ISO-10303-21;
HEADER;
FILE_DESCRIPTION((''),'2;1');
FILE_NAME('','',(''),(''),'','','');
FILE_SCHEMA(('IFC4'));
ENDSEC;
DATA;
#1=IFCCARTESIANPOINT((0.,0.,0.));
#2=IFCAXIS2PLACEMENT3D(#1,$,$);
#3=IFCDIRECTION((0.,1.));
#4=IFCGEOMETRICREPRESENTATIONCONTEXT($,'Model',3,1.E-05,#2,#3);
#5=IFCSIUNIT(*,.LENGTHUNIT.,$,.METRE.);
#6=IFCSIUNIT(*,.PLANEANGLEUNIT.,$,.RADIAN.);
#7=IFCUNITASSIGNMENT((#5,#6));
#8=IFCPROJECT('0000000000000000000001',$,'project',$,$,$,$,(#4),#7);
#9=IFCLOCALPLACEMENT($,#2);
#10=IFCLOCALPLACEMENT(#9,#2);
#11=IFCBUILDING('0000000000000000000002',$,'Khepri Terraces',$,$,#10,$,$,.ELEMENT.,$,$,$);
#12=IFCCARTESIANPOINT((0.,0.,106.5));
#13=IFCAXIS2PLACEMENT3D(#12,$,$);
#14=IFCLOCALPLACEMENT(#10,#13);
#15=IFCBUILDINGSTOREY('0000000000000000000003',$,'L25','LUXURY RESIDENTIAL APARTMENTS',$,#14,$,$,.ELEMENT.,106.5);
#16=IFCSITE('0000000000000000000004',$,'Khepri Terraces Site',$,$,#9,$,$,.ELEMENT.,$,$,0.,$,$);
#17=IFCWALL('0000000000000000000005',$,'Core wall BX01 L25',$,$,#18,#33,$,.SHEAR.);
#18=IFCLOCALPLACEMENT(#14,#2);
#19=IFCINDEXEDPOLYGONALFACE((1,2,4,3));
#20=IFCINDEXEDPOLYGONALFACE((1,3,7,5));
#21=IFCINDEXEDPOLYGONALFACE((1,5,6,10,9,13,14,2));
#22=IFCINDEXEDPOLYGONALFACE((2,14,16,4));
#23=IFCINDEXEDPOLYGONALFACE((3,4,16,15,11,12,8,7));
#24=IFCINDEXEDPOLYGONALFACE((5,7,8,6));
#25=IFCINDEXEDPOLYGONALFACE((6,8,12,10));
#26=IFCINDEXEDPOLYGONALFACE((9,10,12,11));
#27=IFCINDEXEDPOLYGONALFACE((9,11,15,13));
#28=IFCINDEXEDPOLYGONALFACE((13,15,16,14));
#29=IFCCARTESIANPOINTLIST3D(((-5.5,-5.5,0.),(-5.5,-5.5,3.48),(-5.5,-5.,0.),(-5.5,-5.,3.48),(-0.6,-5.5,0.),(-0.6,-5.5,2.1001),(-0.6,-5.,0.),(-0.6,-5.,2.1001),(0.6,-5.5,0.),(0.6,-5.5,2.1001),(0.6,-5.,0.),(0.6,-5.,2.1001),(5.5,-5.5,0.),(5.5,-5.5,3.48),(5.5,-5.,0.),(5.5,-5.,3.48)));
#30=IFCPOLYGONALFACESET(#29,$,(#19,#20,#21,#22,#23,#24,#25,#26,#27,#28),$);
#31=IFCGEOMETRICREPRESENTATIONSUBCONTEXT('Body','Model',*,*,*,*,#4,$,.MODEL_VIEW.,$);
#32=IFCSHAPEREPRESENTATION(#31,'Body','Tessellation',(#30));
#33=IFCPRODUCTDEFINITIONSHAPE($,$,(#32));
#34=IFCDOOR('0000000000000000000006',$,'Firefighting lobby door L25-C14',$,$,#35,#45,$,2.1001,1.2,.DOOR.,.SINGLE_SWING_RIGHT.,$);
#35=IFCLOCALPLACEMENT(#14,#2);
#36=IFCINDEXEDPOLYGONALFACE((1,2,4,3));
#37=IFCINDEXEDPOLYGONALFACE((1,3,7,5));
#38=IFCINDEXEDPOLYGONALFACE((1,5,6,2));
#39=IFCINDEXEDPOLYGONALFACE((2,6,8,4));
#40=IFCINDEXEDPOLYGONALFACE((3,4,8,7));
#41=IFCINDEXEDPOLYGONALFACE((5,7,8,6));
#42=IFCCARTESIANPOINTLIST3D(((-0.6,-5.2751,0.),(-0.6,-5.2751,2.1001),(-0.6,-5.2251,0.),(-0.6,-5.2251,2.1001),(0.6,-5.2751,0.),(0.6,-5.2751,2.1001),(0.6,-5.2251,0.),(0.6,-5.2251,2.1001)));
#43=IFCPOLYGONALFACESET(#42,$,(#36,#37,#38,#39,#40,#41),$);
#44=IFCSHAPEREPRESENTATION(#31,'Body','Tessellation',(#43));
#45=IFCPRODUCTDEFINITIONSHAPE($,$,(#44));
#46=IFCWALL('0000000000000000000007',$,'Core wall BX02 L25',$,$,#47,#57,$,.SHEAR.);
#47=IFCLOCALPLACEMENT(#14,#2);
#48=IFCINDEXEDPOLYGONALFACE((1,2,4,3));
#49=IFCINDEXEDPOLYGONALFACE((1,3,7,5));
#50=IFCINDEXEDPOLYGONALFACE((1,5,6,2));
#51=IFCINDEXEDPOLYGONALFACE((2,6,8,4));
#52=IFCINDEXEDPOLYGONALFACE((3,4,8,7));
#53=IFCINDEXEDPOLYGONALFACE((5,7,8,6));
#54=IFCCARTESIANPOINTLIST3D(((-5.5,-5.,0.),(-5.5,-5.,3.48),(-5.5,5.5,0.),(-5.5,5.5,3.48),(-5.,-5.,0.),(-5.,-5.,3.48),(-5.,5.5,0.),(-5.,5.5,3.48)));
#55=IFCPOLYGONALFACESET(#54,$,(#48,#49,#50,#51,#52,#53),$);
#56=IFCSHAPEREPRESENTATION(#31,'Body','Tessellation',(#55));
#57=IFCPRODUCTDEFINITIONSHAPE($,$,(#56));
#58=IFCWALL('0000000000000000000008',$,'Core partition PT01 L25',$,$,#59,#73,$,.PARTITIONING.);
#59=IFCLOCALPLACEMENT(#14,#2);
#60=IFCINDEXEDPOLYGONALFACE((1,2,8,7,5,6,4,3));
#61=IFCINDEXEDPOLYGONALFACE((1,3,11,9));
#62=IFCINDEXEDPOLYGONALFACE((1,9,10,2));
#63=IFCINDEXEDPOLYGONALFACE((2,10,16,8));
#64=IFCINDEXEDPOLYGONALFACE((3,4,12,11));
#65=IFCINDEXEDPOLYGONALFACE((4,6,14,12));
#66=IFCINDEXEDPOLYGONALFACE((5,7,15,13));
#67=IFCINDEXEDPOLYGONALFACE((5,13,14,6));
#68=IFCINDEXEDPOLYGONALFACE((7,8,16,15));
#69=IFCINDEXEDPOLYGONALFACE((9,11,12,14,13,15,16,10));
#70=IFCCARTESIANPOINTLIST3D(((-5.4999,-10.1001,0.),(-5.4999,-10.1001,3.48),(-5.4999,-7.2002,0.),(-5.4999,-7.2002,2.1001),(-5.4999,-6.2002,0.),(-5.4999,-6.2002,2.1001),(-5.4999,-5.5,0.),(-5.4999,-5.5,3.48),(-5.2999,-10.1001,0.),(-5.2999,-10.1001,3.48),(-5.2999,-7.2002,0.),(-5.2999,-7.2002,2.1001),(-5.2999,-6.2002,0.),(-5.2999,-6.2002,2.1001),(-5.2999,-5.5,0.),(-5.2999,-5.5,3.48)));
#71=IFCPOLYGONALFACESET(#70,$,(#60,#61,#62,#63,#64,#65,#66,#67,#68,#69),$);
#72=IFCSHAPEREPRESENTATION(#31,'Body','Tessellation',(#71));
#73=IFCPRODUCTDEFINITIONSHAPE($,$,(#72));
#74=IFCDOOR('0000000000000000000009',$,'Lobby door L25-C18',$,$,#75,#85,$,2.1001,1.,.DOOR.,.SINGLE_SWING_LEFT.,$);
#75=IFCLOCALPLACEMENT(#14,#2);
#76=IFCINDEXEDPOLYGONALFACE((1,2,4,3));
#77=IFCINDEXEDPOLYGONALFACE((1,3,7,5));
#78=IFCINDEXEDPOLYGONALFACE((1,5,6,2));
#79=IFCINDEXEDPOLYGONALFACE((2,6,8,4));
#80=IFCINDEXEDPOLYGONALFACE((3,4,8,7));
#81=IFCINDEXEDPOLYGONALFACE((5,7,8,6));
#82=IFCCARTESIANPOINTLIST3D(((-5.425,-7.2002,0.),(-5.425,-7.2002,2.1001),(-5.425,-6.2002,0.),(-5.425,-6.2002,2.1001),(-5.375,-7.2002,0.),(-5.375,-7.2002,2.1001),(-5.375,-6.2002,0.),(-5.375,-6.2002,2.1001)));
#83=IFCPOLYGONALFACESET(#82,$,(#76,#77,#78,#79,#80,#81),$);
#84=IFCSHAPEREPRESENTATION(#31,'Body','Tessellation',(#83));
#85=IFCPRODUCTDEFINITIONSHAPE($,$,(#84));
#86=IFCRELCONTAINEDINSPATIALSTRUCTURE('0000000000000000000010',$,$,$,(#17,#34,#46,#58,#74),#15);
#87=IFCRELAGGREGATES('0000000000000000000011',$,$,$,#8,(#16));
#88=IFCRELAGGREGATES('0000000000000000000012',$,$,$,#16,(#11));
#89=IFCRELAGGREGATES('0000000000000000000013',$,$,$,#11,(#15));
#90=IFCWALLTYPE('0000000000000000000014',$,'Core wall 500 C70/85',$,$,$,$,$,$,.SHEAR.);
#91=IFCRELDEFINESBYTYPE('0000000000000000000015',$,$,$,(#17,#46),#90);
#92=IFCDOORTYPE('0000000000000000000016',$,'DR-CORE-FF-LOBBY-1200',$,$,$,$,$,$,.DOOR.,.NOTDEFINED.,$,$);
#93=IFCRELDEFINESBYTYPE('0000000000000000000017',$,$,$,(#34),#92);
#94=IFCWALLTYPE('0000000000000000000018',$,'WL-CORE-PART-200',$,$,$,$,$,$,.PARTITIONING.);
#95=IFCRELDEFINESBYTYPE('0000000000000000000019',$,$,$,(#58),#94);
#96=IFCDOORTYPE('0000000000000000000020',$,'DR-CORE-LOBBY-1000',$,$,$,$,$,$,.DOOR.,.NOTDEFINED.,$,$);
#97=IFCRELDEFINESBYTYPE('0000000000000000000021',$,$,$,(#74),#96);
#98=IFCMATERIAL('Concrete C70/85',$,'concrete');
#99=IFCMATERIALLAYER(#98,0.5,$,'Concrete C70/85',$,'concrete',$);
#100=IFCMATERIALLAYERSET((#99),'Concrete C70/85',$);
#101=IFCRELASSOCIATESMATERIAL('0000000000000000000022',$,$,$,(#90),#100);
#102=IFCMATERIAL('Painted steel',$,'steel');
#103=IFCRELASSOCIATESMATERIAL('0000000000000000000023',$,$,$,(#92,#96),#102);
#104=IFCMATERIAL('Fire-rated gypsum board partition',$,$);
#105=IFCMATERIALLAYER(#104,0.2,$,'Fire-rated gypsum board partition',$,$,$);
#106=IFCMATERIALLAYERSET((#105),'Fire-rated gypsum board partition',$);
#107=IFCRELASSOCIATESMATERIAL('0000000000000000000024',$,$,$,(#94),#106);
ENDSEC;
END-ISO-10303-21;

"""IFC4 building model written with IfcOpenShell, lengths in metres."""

from ifc_helpers import new_model, si_unit, direction, frame, frame_2d, origin, place, context, subcontext, project, spatial, rectangle, extrude, material, layer, layer_set, type_object, element, fill, save


model = new_model("IFC4")

# Units and contexts
model_context = context("Model", 3, precision=1e-05, world=origin(), true_north=direction((0.0, 1.0)))
body_context = subcontext(model_context, "Body", "Model", "MODEL_VIEW")
ifc_project = project(units=[si_unit("LENGTHUNIT", "METRE"), si_unit("PLANEANGLEUNIT", "RADIAN")], contexts=[model_context])

# Site, building, storey
site_placement = place(None, origin())
site = spatial("IfcSite", under=ifc_project, at=site_placement, Name="Khepri Terraces Site", CompositionType="ELEMENT", RefElevation=0.0)
building_placement = place(site_placement, origin())
building = spatial("IfcBuilding", under=site, at=building_placement, Name="Khepri Terraces", CompositionType="ELEMENT")
storey_placement = place(building_placement, frame((0.0, 0.0, 106.5)))
storey = spatial("IfcBuildingStorey", under=building, at=storey_placement, Name="L25", Description="LUXURY RESIDENTIAL APARTMENTS", CompositionType="ELEMENT", Elevation=106.5)

# Shared definitions
ifc_material_1 = material(Name="Concrete C70/85", Category="concrete")

# Wall, opening, door
ifc_layer_1 = layer(ifc_material_1, 0.5, Name="Concrete C70/85", Category="concrete")
ifc_layer_set_1 = layer_set([ifc_layer_1], Name="Concrete C70/85")
wall_type_1 = type_object("IfcWallType", Name="Core wall 500 C70/85", PredefinedType="SHEAR", material=ifc_layer_set_1)
wall_1_placement = place(storey_placement, frame((-5.5, -5.25, 0.0), z_axis=(0.0, 0.0, 1.0), x_axis=(1.0, 0.0, 0.0)))
wall_1 = element("IfcWall", 1, at=wall_1_placement, inside=storey, type_object=wall_type_1, Name="Core wall BX01 L25", PredefinedType="SHEAR", context=body_context, shape_type="SweptSolid", body=[
    extrude(rectangle(XDim=11.0, YDim=0.5, at=frame_2d((5.5, 0.0))), origin(), (0.0, 0.0, 1.0), 3.48),
])
opening_1_placement = place(wall_1_placement, frame((4.8999, 0.0, 0.0)))
opening_1 = element("IfcOpeningElement", 2, at=opening_1_placement, cuts=wall_1, PredefinedType="OPENING", context=body_context, shape_type="SweptSolid", body=[
    extrude(rectangle(XDim=1.2, YDim=2.1001, at=frame_2d((0.6001, 1.05))), frame((0.0, 0.26, 0.0), z_axis=(0.0, -1.0, 0.0), x_axis=(1.0, 0.0, 0.0)), (0.0, 0.0, 1.0), 0.52),
])
ifc_material_2 = material(Name="Painted steel", Category="steel")
door_type_1 = type_object("IfcDoorType", Name="DR-CORE-FF-LOBBY-1200", OperationType="NOTDEFINED", PredefinedType="DOOR", material=ifc_material_2)
door_1_placement = place(opening_1_placement, origin())
door_1 = element("IfcDoor", 3, at=door_1_placement, inside=storey, type_object=door_type_1, Name="Firefighting lobby door L25-C14", OperationType="SINGLE_SWING_RIGHT", OverallHeight=2.1001, OverallWidth=1.2, PredefinedType="DOOR", context=body_context, shape_type="SweptSolid", body=[
    extrude(rectangle(XDim=1.2, YDim=2.1001, at=frame_2d((0.6001, 1.05))), frame((0.0, 0.0249, 0.0), z_axis=(0.0, -1.0, 0.0), x_axis=(1.0, 0.0, 0.0)), (0.0, 0.0, 1.0), 0.05),
])
fill(opening_1, door_1)

# Wall
wall_2_placement = place(storey_placement, frame((-5.25, -5.0, 0.0), z_axis=(0.0, 0.0, 1.0), x_axis=(0.0, 1.0, 0.0)))
element("IfcWall", 4, at=wall_2_placement, inside=storey, type_object=wall_type_1, Name="Core wall BX02 L25", PredefinedType="SHEAR", context=body_context, shape_type="SweptSolid", body=[
    extrude(rectangle(XDim=10.5, YDim=0.5, at=frame_2d((5.25, 0.0))), origin(), (0.0, 0.0, 1.0), 3.48),
])

# Wall, opening, door
ifc_material_3 = material(Name="Fire-rated gypsum board partition")
ifc_layer_2 = layer(ifc_material_3, 0.2, Name="Fire-rated gypsum board partition")
ifc_layer_set_2 = layer_set([ifc_layer_2], Name="Fire-rated gypsum board partition")
wall_type_2 = type_object("IfcWallType", Name="WL-CORE-PART-200", PredefinedType="PARTITIONING", material=ifc_layer_set_2)
wall_3_placement = place(storey_placement, frame((-5.3999, -10.1001, 0.0), z_axis=(0.0, 0.0, 1.0), x_axis=(0.0, 1.0, 0.0)))
wall_3 = element("IfcWall", 5, at=wall_3_placement, inside=storey, type_object=wall_type_2, Name="Core partition PT01 L25", PredefinedType="PARTITIONING", context=body_context, shape_type="SweptSolid", body=[
    extrude(rectangle(XDim=4.6001, YDim=0.2, at=frame_2d((2.3, 0.0))), origin(), (0.0, 0.0, 1.0), 3.48),
])
opening_2_placement = place(wall_3_placement, frame((2.8999, 0.0, 0.0)))
opening_2 = element("IfcOpeningElement", 6, at=opening_2_placement, cuts=wall_3, PredefinedType="OPENING", context=body_context, shape_type="SweptSolid", body=[
    extrude(rectangle(XDim=1.0, YDim=2.1001, at=frame_2d((0.5, 1.05))), frame((0.0, 0.1099, 0.0), z_axis=(0.0, -1.0, 0.0), x_axis=(1.0, 0.0, 0.0)), (0.0, 0.0, 1.0), 0.22),
])
door_type_2 = type_object("IfcDoorType", Name="DR-CORE-LOBBY-1000", OperationType="NOTDEFINED", PredefinedType="DOOR", material=ifc_material_2)
door_2_placement = place(opening_2_placement, frame((1.0, 0.0, 0.0), z_axis=(0.0, 0.0, 1.0), x_axis=(-1.0, 0.0, 0.0)))
door_2 = element("IfcDoor", 7, at=door_2_placement, inside=storey, type_object=door_type_2, Name="Lobby door L25-C18", OperationType="SINGLE_SWING_LEFT", OverallHeight=2.1001, OverallWidth=1.0, PredefinedType="DOOR", context=body_context, shape_type="SweptSolid", body=[
    extrude(rectangle(XDim=1.0, YDim=2.1001, at=frame_2d((0.5, 1.05))), frame((0.0, 0.0249, 0.0), z_axis=(0.0, -1.0, 0.0), x_axis=(1.0, 0.0, 0.0)), (0.0, 0.0, 1.0), 0.05),
])
fill(opening_2, door_2)

save(model, "model.ifc")
